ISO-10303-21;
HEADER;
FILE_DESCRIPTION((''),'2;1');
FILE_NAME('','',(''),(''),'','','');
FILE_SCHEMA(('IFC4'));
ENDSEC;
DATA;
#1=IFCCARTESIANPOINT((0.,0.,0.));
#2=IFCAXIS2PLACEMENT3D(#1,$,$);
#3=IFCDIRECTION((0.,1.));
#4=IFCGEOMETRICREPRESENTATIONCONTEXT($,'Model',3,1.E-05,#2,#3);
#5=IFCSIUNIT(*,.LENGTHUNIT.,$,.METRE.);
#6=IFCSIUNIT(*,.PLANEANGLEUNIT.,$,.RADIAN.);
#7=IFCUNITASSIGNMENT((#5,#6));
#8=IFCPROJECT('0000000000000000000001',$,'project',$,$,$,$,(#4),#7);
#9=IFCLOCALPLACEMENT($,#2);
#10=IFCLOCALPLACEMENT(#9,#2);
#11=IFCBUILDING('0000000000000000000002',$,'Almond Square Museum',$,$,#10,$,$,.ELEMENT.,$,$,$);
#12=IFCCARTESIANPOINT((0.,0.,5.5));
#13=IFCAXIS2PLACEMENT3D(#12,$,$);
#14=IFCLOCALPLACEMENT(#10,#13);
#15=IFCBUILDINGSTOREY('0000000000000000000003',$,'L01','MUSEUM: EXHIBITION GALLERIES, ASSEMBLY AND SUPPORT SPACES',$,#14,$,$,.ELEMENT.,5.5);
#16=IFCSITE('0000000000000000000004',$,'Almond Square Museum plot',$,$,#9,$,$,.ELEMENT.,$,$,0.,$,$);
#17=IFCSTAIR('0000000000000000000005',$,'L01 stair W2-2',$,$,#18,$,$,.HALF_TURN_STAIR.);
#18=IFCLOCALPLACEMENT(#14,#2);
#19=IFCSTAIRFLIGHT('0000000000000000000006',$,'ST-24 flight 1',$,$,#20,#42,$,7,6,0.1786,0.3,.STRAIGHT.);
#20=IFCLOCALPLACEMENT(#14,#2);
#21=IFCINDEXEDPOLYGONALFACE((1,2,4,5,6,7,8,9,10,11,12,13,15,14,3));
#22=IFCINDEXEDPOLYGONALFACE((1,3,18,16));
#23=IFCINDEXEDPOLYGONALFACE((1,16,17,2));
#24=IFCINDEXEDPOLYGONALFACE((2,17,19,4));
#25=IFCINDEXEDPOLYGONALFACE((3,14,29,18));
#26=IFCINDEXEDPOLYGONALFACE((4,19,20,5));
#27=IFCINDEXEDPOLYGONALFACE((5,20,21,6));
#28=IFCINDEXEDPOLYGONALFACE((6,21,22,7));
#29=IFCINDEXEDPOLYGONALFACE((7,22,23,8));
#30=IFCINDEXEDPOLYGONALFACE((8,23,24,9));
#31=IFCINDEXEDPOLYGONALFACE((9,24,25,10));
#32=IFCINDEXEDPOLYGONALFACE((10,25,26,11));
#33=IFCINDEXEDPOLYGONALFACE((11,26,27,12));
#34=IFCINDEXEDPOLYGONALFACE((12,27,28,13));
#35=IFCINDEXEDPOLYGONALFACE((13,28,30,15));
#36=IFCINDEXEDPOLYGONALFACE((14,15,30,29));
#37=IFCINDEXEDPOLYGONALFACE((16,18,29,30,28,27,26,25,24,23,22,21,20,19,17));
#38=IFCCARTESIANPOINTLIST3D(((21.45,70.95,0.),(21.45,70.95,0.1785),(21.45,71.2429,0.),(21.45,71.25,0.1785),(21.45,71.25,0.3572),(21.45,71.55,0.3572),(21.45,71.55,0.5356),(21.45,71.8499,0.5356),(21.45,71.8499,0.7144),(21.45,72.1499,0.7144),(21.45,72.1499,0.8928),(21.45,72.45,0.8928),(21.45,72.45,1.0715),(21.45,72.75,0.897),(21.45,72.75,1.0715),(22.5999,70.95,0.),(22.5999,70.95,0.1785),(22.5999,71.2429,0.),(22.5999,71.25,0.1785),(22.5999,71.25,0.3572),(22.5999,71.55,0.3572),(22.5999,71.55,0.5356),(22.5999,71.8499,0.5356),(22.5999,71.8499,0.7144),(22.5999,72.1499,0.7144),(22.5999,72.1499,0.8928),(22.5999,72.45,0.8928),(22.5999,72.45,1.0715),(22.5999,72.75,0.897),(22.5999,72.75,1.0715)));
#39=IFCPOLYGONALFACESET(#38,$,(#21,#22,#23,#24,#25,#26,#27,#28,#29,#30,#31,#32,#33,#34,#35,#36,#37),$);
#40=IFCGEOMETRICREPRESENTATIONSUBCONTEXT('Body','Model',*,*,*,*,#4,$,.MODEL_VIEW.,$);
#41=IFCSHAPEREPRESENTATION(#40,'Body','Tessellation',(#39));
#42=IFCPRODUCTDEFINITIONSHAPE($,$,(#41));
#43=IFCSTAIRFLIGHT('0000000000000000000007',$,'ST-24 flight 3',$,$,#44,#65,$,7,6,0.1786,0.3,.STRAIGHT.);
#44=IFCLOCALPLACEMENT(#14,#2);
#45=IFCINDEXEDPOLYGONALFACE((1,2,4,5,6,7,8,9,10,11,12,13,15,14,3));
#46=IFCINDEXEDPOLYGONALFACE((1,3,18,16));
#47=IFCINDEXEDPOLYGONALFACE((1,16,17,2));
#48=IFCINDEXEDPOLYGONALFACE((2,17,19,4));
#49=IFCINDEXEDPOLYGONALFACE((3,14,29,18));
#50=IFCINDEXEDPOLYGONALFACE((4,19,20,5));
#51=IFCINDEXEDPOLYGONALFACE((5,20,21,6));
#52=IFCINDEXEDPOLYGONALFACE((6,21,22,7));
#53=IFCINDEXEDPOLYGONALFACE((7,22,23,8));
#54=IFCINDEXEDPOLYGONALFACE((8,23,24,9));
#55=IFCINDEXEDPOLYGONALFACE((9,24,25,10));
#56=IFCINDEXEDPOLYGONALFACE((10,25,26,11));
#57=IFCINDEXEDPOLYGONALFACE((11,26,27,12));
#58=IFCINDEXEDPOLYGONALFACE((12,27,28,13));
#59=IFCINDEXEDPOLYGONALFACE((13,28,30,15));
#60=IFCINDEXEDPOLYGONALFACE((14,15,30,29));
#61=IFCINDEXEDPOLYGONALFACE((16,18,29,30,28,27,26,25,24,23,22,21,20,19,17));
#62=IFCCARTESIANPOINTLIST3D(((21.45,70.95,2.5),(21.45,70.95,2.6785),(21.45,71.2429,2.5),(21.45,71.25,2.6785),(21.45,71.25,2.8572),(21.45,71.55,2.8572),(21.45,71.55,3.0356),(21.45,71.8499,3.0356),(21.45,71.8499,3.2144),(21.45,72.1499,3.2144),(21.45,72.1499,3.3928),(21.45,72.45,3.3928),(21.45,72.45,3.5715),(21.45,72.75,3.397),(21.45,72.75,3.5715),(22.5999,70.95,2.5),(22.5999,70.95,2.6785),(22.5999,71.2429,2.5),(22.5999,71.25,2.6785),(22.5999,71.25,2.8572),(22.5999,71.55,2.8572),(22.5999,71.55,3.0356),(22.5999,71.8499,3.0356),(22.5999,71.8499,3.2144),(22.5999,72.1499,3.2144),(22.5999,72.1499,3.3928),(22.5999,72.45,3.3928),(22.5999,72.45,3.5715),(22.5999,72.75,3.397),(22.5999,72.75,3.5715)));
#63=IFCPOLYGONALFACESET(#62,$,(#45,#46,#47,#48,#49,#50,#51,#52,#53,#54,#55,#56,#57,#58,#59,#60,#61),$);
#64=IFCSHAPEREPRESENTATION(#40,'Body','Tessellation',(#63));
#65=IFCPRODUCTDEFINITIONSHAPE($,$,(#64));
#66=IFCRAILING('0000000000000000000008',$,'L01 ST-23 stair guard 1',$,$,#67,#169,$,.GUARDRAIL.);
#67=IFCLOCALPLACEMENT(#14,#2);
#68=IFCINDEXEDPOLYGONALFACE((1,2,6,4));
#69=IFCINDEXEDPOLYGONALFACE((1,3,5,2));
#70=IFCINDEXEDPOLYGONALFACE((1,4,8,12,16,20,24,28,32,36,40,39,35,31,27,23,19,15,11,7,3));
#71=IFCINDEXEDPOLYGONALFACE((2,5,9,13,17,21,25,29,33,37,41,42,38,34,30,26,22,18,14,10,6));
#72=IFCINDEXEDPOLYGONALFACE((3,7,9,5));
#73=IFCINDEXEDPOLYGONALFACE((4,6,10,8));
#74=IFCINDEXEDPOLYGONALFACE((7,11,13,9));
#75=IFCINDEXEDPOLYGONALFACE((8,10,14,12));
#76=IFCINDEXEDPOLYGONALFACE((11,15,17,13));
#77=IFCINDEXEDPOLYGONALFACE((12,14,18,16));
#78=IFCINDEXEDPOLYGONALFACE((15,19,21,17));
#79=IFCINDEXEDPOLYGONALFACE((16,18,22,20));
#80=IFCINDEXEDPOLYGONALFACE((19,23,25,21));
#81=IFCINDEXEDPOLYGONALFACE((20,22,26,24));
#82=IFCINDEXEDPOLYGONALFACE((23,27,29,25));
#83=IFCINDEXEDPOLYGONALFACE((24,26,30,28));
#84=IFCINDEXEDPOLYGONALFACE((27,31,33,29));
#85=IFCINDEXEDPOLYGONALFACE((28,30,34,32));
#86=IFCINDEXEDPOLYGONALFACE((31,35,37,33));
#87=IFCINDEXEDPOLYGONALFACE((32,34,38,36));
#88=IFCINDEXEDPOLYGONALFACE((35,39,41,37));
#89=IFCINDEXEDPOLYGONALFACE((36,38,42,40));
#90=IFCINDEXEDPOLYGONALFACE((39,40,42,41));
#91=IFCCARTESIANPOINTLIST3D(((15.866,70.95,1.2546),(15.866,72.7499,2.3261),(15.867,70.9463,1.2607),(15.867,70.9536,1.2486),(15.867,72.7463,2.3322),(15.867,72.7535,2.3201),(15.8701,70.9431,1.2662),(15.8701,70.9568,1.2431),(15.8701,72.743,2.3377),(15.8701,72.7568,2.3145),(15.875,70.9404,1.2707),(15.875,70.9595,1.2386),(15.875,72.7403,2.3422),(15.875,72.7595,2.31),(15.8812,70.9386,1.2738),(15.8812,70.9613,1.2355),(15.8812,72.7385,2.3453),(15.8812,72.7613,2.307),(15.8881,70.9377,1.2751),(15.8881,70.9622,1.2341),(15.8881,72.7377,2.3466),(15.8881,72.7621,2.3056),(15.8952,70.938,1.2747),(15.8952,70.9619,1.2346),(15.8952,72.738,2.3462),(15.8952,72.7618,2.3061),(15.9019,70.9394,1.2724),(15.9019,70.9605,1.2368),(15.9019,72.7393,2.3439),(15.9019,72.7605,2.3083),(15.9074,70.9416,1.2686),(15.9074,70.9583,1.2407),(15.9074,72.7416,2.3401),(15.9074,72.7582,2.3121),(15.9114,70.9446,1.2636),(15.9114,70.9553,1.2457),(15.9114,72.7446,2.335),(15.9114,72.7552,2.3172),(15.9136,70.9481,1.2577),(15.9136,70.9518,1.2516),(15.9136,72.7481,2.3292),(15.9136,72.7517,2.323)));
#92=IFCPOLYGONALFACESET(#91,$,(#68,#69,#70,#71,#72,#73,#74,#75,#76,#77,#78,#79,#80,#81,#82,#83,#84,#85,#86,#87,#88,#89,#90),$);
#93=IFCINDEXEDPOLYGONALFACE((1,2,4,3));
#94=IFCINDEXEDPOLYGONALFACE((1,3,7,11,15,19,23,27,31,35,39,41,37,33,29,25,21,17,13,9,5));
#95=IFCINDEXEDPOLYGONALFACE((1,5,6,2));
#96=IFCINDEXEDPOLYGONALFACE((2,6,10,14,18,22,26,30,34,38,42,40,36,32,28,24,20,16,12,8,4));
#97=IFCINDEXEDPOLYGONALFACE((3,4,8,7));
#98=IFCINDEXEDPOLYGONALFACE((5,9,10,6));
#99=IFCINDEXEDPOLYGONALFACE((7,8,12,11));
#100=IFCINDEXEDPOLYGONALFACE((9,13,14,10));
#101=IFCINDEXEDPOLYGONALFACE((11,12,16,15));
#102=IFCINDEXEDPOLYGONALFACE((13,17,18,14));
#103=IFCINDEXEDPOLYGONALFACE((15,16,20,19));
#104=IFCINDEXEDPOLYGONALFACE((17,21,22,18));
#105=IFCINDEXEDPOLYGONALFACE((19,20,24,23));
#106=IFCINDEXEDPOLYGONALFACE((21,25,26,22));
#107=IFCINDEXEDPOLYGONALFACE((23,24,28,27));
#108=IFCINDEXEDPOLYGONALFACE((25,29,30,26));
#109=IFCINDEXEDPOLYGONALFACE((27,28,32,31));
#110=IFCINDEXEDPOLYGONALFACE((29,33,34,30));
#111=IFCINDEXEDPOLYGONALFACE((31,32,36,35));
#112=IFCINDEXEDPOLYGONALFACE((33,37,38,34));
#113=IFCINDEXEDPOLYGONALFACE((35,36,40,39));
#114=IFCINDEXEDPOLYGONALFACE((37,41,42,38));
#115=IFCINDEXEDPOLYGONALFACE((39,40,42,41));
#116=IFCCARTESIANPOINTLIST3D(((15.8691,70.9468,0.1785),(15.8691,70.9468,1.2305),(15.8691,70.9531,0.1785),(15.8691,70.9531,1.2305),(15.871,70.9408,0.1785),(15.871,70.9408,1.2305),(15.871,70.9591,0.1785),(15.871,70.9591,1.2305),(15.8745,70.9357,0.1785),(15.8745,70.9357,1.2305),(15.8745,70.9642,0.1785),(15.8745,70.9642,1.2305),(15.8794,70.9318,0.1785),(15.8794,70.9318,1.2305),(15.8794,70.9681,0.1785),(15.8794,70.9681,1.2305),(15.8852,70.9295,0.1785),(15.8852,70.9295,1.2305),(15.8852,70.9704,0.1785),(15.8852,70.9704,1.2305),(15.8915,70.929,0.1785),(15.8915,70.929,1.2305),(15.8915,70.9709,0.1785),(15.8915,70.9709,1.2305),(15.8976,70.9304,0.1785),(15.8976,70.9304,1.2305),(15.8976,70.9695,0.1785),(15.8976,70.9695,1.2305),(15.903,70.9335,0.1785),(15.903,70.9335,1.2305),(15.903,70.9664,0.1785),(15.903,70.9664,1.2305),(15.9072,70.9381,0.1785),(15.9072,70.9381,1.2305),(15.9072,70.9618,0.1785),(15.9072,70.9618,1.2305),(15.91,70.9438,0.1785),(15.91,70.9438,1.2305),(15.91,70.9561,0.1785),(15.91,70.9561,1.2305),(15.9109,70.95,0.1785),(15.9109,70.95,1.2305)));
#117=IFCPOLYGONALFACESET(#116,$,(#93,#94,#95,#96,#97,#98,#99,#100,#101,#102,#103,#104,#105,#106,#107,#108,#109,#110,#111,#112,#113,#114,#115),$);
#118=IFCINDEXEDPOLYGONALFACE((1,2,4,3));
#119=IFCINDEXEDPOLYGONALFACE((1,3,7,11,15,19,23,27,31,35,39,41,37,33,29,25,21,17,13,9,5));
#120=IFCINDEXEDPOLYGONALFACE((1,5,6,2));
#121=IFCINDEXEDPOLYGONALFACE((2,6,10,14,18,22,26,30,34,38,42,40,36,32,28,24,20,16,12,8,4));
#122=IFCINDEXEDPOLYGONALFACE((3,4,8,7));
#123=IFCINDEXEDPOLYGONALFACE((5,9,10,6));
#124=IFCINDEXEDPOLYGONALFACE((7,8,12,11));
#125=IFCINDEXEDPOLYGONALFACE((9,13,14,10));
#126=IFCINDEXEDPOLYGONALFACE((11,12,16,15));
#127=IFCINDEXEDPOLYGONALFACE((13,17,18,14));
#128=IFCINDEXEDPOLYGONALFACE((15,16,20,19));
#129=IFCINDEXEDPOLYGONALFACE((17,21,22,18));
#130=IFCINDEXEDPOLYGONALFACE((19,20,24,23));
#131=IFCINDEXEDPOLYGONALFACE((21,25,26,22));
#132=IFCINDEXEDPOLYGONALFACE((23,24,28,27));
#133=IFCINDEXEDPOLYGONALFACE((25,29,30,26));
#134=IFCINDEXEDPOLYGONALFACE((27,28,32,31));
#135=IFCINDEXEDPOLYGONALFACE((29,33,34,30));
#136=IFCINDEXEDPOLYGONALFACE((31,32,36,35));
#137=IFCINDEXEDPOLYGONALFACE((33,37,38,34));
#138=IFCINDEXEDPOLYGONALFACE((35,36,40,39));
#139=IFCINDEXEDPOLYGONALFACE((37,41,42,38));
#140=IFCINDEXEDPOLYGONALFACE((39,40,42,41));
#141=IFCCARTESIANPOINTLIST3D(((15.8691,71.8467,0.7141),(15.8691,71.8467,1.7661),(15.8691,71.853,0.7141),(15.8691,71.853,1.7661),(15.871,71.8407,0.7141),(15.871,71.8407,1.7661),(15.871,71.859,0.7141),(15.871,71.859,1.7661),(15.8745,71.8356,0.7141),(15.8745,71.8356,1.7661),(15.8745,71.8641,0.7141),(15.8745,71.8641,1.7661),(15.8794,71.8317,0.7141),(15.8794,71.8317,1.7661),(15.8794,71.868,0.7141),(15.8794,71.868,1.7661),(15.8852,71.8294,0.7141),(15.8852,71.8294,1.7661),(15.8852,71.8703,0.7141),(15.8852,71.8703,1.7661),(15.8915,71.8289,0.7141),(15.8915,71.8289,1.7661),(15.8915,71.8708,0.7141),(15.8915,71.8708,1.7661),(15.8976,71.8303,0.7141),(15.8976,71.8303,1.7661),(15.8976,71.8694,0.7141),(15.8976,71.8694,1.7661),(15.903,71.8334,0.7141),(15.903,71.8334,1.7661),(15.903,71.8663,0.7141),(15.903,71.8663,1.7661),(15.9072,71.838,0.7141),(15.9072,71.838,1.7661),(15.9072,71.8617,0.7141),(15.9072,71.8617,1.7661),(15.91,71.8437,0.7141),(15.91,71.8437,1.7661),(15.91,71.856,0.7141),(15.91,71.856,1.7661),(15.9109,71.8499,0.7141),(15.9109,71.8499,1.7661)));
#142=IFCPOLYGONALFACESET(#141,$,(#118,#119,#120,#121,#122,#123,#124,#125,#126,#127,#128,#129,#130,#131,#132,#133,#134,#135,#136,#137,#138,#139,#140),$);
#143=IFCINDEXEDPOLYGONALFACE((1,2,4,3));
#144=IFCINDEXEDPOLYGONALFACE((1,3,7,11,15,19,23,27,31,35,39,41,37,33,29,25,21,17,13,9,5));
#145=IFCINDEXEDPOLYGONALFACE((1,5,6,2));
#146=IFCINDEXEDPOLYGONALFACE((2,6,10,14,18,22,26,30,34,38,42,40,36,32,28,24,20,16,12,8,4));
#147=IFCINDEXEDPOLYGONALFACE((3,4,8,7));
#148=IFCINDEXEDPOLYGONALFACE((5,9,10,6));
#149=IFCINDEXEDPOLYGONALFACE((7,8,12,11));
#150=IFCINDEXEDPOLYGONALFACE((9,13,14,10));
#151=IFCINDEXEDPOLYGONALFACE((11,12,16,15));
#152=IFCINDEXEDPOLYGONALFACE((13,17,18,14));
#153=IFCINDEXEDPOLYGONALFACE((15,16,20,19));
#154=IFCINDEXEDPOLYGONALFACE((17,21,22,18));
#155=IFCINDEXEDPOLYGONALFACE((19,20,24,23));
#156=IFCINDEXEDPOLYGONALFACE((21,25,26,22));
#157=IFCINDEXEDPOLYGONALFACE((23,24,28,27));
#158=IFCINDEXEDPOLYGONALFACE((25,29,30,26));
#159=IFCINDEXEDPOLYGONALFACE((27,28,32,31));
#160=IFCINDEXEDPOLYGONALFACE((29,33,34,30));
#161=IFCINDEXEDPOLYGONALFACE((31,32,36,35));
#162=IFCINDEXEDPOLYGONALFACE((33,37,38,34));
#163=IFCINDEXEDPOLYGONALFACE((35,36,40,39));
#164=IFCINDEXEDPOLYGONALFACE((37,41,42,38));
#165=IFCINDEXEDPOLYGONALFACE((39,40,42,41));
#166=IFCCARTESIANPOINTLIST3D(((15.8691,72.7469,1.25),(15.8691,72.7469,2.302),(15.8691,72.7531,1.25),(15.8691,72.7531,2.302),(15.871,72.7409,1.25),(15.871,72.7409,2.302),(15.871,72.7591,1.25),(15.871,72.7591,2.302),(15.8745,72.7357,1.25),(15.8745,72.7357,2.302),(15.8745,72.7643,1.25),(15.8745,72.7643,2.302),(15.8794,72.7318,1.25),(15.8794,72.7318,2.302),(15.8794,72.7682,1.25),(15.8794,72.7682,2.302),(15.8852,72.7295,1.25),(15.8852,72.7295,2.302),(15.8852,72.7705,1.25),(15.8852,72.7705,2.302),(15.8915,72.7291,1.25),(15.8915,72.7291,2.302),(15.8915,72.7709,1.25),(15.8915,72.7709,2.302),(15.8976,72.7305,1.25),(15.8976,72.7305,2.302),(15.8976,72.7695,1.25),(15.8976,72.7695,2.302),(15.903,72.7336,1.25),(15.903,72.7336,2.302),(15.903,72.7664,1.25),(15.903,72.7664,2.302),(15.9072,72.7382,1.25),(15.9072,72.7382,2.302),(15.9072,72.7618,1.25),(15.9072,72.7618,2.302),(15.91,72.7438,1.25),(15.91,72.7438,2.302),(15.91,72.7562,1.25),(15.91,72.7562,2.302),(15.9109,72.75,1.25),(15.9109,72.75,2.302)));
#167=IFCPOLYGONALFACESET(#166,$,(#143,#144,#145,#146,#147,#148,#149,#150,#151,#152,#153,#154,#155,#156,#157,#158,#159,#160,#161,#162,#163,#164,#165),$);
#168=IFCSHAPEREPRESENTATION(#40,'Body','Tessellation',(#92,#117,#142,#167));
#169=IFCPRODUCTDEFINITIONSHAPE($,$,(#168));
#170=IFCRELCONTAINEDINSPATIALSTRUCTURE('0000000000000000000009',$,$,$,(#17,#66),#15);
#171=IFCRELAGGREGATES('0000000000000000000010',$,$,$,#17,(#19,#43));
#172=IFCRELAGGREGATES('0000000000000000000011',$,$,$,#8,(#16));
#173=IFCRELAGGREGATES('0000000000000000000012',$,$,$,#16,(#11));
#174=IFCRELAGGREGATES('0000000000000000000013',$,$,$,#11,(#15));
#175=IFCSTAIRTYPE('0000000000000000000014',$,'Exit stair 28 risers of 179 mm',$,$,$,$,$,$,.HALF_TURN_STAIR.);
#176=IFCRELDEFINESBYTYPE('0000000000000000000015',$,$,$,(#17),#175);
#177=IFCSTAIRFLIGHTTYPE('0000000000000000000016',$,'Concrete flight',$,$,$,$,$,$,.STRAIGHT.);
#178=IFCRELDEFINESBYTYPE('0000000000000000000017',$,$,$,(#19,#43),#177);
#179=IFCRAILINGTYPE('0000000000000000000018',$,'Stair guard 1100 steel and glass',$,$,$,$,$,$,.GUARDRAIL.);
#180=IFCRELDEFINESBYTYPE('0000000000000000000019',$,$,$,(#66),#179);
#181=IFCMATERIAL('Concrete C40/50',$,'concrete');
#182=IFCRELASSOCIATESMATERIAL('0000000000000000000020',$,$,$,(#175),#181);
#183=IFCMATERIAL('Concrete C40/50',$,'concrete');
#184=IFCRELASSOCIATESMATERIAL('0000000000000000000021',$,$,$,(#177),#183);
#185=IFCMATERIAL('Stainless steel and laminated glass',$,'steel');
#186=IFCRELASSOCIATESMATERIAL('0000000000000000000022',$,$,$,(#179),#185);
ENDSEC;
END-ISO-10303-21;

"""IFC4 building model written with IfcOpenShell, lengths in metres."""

from ifc_helpers import new_model, si_unit, direction, frame, origin, origin_2d, place, context, subcontext, project, spatial, polyline, circle, outline, extrude, material, type_object, element, aggregate, save


model = new_model("IFC4")

# Units and contexts
model_context = context("Model", 3, precision=1e-05, world=origin(), true_north=direction((0.0, 1.0)))
body_context = subcontext(model_context, "Body", "Model", "MODEL_VIEW")
ifc_project = project(units=[si_unit("LENGTHUNIT", "METRE"), si_unit("PLANEANGLEUNIT", "RADIAN")], contexts=[model_context])

# Site, building, storey
site_placement = place(None, origin())
site = spatial("IfcSite", under=ifc_project, at=site_placement, Name="Almond Square Museum plot", CompositionType="ELEMENT", RefElevation=0.0)
building_placement = place(site_placement, origin())
building = spatial("IfcBuilding", under=site, at=building_placement, Name="Almond Square Museum", CompositionType="ELEMENT")
storey_placement = place(building_placement, frame((0.0, 0.0, 5.5)))
storey = spatial("IfcBuildingStorey", under=building, at=storey_placement, Name="L01", Description="MUSEUM: EXHIBITION GALLERIES, ASSEMBLY AND SUPPORT SPACES", CompositionType="ELEMENT", Elevation=5.5)

# Stair, stair flights
ifc_material_1 = material(Name="Concrete C40/50", Category="concrete")
stair_type = type_object("IfcStairType", Name="Exit stair 28 risers of 179 mm", PredefinedType="HALF_TURN_STAIR", material=ifc_material_1)
ifc_material_2 = material(Name="Concrete C40/50", Category="concrete")
stair_flight_type = type_object("IfcStairFlightType", Name="Concrete flight", PredefinedType="STRAIGHT", material=ifc_material_2)
stair_1_placement = place(storey_placement, origin())
stair_1 = element("IfcStair", 1, at=stair_1_placement, inside=storey, type_object=stair_type, Name="L01 stair W2-2", PredefinedType="HALF_TURN_STAIR")
stair_flight_1_placement = place(storey_placement, frame((22.0249, 70.95, 0.0), z_axis=(0.0, 0.0, 1.0), x_axis=(0.0, 1.0, 0.0)))
stair_flight_1 = element("IfcStairFlight", 2, at=stair_flight_1_placement, type_object=stair_flight_type, Name="ST-24 flight 1", NumberOfRisers=7, NumberOfTreads=6, PredefinedType="STRAIGHT", RiserHeight=0.1786, TreadLength=0.3, context=body_context, shape_type="SweptSolid", body=[
    extrude(outline(polyline([(0.0, 0.0), (0.0, 0.1785), (0.3, 0.1785), (0.3, 0.3572), (0.6001, 0.3572), (0.6001, 0.5356), (0.8999, 0.5356), (0.8999, 0.7144), (1.2, 0.7144), (1.2, 0.8928), (1.5, 0.8928), (1.5, 1.0715), (1.8, 1.0715), (1.8, 1.25), (1.8, 0.897), (0.293, 0.0), (0.0, 0.0)])), frame((0.0, 0.575, 0.0), z_axis=(0.0, -1.0, 0.0), x_axis=(1.0, 0.0, 0.0)), (0.0, 0.0, 1.0), 1.1499),
])
stair_flight_2_placement = place(storey_placement, frame((22.0249, 70.95, 2.5), z_axis=(0.0, 0.0, 1.0), x_axis=(0.0, 1.0, 0.0)))
stair_flight_2 = element("IfcStairFlight", 3, at=stair_flight_2_placement, type_object=stair_flight_type, Name="ST-24 flight 3", NumberOfRisers=7, NumberOfTreads=6, PredefinedType="STRAIGHT", RiserHeight=0.1786, TreadLength=0.3, context=body_context, shape_type="SweptSolid", body=[
    extrude(outline(polyline([(0.0, 0.0), (0.0, 0.1785), (0.3, 0.1785), (0.3, 0.3572), (0.6001, 0.3572), (0.6001, 0.5356), (0.8999, 0.5356), (0.8999, 0.7144), (1.2, 0.7144), (1.2, 0.8928), (1.5, 0.8928), (1.5, 1.0715), (1.8, 1.0715), (1.8, 1.25), (1.8, 0.897), (0.293, 0.0), (0.0, 0.0)])), frame((0.0, 0.575, 0.0), z_axis=(0.0, -1.0, 0.0), x_axis=(1.0, 0.0, 0.0)), (0.0, 0.0, 1.0), 1.1499),
])
aggregate(stair_1, [stair_flight_1, stair_flight_2])

# Railing
ifc_material_3 = material(Name="Stainless steel and laminated glass", Category="steel")
railing_type_1 = type_object("IfcRailingType", Name="Stair guard 1100 steel and glass", PredefinedType="GUARDRAIL", material=ifc_material_3)
railing_1_placement = place(storey_placement, frame((15.8899, 70.95, 0.1785)))
element("IfcRailing", 4, at=railing_1_placement, inside=storey, type_object=railing_type_1, Name="L01 ST-23 stair guard 1", PredefinedType="GUARDRAIL", context=body_context, shape_type="SweptSolid", body=[
    extrude(circle(Radius=0.0239, at=origin_2d()), frame((0.0, 0.0, 1.0762), z_axis=(0.0, 0.859277, 0.51151), x_axis=(-1.0, 0.0, 0.0)), (0.0, 0.0, 1.0), 2.0947),
    extrude(circle(Radius=0.021, at=origin_2d()), origin(), (0.0, 0.0, 1.0), 1.052),
    extrude(circle(Radius=0.021, at=origin_2d()), frame((0.0, 0.8999, 0.5356)), (0.0, 0.0, 1.0), 1.052),
    extrude(circle(Radius=0.021, at=origin_2d()), frame((0.0, 1.8, 1.0715)), (0.0, 0.0, 1.0), 1.052),
])

save(model, "model.ifc")
